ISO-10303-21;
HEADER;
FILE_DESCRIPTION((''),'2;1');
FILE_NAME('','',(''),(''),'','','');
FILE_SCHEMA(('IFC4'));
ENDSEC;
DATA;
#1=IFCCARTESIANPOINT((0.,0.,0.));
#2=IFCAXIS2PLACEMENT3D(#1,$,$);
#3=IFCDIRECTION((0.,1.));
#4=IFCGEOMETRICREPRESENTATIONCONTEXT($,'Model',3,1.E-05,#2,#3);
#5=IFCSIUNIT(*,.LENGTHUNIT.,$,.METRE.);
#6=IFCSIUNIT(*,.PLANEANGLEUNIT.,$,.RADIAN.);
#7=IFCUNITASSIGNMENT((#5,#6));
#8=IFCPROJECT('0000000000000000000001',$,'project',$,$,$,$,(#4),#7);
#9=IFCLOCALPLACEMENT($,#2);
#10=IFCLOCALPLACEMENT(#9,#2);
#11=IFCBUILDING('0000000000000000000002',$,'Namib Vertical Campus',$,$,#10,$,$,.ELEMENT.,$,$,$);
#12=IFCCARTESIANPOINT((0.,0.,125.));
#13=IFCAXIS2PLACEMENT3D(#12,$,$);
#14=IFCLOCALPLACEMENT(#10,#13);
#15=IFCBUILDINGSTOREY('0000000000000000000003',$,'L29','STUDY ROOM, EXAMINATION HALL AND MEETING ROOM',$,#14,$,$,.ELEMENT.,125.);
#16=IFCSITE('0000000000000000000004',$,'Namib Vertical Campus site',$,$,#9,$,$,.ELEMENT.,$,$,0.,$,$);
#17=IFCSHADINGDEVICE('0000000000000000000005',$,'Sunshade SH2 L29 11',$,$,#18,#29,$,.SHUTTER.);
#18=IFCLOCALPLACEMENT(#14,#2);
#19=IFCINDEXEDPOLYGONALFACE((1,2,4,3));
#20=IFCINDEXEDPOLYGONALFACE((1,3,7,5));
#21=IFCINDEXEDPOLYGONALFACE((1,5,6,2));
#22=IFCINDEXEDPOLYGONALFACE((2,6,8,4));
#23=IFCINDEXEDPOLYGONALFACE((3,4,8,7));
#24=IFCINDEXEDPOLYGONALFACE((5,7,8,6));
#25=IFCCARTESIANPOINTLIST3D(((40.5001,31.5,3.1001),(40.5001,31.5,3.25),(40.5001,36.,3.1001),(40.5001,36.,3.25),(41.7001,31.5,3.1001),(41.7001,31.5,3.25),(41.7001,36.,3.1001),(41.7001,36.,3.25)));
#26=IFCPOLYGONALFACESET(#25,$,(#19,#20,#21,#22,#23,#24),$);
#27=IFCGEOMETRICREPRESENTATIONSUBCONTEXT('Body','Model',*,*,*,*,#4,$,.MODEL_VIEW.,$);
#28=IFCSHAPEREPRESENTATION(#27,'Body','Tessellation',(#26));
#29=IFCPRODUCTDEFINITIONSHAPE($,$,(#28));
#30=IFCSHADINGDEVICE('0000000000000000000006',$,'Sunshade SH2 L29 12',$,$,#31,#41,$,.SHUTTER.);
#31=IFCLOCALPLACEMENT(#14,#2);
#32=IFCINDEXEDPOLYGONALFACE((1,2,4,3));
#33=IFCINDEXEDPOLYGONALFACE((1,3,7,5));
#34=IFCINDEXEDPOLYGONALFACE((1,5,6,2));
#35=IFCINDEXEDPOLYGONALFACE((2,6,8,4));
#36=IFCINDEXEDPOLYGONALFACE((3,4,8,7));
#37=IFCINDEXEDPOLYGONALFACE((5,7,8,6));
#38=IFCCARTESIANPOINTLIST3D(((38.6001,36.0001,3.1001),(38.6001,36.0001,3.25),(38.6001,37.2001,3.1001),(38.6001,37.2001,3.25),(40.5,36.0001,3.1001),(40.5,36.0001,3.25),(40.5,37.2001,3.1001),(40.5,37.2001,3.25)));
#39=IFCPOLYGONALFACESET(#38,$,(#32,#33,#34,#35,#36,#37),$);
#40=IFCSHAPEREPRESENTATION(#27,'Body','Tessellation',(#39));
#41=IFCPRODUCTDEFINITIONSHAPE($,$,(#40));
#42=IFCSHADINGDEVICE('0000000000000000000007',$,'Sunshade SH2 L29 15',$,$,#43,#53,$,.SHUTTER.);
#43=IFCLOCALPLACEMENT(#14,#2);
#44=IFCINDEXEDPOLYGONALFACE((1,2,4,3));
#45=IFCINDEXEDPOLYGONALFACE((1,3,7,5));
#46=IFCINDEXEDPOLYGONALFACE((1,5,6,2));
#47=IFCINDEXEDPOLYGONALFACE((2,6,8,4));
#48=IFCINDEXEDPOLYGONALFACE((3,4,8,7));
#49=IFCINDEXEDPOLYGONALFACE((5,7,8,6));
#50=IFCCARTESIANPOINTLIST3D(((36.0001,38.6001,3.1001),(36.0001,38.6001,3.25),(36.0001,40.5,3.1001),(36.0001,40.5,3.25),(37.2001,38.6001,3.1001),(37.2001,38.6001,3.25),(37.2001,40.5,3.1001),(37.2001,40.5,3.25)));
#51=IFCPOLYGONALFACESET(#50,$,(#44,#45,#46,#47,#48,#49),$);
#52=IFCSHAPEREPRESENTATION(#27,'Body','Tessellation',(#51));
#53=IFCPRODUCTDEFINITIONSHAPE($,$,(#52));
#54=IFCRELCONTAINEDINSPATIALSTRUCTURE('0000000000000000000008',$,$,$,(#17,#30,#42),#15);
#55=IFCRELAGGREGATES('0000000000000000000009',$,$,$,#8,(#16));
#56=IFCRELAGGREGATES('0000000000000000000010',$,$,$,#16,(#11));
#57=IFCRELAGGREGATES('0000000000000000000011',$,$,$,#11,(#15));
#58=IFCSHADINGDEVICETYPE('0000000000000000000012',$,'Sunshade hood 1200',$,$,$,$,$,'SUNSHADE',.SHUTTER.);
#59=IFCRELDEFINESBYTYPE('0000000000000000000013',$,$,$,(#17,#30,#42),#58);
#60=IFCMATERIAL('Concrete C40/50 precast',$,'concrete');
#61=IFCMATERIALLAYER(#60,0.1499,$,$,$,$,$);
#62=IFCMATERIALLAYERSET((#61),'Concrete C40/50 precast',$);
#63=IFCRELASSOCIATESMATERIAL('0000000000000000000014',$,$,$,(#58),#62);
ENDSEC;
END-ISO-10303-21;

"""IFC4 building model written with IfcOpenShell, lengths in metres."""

from ifc_helpers import new_model, si_unit, direction, frame, origin, origin_2d, place, context, subcontext, project, spatial, rectangle, extrude, material, layer, layer_set, type_object, element, save


model = new_model("IFC4")

# Units and contexts
model_context = context("Model", 3, precision=1e-05, world=origin(), true_north=direction((0.0, 1.0)))
body_context = subcontext(model_context, "Body", "Model", "MODEL_VIEW")
ifc_project = project(units=[si_unit("LENGTHUNIT", "METRE"), si_unit("PLANEANGLEUNIT", "RADIAN")], contexts=[model_context])

# Site, building, storey
site_placement = place(None, origin())
site = spatial("IfcSite", under=ifc_project, at=site_placement, Name="Namib Vertical Campus site", CompositionType="ELEMENT", RefElevation=0.0)
building_placement = place(site_placement, origin())
building = spatial("IfcBuilding", under=site, at=building_placement, Name="Namib Vertical Campus", CompositionType="ELEMENT")
storey_placement = place(building_placement, frame((0.0, 0.0, 125.0)))
storey = spatial("IfcBuildingStorey", under=building, at=storey_placement, Name="L29", Description="STUDY ROOM, EXAMINATION HALL AND MEETING ROOM", CompositionType="ELEMENT", Elevation=125.0)

# Shading devices
ifc_material_1 = material(Name="Concrete C40/50 precast", Category="concrete")
ifc_layer_1 = layer(ifc_material_1, 0.1499)
ifc_layer_set_1 = layer_set([ifc_layer_1], Name="Concrete C40/50 precast")
shading_device_type = type_object("IfcShadingDeviceType", Name="Sunshade hood 1200", ElementType="SUNSHADE", PredefinedType="SHUTTER", material=ifc_layer_set_1)
shading_device_placement = place(storey_placement, frame((41.1001, 33.75, 3.1001), z_axis=(0.0, 0.0, 1.0), x_axis=(0.0, 1.0, 0.0)))
element("IfcShadingDevice", 1, at=shading_device_placement, inside=storey, type_object=shading_device_type, Name="Sunshade SH2 L29 11", PredefinedType="SHUTTER", context=body_context, shape_type="SweptSolid", body=[
    extrude(rectangle(XDim=4.5, YDim=1.2, at=origin_2d()), origin(), (0.0, 0.0, 1.0), 0.1499),
])
for number, where, z_axis, x_axis, name in (
    (2, (39.55, 36.6001, 3.1001), (0.0, 0.0, 1.0), (-1.0, 0.0, 0.0), "Sunshade SH2 L29 12"),
    (3, (36.6001, 39.55, 3.1001), (0.0, 0.0, 1.0), (0.0, 1.0, 0.0), "Sunshade SH2 L29 15"),
):
    element("IfcShadingDevice", number, at=place(storey_placement, frame(where, z_axis=z_axis, x_axis=x_axis)), inside=storey, type_object=shading_device_type, Name=name, PredefinedType="SHUTTER", context=body_context, shape_type="SweptSolid", body=[
        extrude(rectangle(XDim=1.8999, YDim=1.2, at=origin_2d()), origin(), (0.0, 0.0, 1.0), 0.1499),
    ])

save(model, "model.ifc")
